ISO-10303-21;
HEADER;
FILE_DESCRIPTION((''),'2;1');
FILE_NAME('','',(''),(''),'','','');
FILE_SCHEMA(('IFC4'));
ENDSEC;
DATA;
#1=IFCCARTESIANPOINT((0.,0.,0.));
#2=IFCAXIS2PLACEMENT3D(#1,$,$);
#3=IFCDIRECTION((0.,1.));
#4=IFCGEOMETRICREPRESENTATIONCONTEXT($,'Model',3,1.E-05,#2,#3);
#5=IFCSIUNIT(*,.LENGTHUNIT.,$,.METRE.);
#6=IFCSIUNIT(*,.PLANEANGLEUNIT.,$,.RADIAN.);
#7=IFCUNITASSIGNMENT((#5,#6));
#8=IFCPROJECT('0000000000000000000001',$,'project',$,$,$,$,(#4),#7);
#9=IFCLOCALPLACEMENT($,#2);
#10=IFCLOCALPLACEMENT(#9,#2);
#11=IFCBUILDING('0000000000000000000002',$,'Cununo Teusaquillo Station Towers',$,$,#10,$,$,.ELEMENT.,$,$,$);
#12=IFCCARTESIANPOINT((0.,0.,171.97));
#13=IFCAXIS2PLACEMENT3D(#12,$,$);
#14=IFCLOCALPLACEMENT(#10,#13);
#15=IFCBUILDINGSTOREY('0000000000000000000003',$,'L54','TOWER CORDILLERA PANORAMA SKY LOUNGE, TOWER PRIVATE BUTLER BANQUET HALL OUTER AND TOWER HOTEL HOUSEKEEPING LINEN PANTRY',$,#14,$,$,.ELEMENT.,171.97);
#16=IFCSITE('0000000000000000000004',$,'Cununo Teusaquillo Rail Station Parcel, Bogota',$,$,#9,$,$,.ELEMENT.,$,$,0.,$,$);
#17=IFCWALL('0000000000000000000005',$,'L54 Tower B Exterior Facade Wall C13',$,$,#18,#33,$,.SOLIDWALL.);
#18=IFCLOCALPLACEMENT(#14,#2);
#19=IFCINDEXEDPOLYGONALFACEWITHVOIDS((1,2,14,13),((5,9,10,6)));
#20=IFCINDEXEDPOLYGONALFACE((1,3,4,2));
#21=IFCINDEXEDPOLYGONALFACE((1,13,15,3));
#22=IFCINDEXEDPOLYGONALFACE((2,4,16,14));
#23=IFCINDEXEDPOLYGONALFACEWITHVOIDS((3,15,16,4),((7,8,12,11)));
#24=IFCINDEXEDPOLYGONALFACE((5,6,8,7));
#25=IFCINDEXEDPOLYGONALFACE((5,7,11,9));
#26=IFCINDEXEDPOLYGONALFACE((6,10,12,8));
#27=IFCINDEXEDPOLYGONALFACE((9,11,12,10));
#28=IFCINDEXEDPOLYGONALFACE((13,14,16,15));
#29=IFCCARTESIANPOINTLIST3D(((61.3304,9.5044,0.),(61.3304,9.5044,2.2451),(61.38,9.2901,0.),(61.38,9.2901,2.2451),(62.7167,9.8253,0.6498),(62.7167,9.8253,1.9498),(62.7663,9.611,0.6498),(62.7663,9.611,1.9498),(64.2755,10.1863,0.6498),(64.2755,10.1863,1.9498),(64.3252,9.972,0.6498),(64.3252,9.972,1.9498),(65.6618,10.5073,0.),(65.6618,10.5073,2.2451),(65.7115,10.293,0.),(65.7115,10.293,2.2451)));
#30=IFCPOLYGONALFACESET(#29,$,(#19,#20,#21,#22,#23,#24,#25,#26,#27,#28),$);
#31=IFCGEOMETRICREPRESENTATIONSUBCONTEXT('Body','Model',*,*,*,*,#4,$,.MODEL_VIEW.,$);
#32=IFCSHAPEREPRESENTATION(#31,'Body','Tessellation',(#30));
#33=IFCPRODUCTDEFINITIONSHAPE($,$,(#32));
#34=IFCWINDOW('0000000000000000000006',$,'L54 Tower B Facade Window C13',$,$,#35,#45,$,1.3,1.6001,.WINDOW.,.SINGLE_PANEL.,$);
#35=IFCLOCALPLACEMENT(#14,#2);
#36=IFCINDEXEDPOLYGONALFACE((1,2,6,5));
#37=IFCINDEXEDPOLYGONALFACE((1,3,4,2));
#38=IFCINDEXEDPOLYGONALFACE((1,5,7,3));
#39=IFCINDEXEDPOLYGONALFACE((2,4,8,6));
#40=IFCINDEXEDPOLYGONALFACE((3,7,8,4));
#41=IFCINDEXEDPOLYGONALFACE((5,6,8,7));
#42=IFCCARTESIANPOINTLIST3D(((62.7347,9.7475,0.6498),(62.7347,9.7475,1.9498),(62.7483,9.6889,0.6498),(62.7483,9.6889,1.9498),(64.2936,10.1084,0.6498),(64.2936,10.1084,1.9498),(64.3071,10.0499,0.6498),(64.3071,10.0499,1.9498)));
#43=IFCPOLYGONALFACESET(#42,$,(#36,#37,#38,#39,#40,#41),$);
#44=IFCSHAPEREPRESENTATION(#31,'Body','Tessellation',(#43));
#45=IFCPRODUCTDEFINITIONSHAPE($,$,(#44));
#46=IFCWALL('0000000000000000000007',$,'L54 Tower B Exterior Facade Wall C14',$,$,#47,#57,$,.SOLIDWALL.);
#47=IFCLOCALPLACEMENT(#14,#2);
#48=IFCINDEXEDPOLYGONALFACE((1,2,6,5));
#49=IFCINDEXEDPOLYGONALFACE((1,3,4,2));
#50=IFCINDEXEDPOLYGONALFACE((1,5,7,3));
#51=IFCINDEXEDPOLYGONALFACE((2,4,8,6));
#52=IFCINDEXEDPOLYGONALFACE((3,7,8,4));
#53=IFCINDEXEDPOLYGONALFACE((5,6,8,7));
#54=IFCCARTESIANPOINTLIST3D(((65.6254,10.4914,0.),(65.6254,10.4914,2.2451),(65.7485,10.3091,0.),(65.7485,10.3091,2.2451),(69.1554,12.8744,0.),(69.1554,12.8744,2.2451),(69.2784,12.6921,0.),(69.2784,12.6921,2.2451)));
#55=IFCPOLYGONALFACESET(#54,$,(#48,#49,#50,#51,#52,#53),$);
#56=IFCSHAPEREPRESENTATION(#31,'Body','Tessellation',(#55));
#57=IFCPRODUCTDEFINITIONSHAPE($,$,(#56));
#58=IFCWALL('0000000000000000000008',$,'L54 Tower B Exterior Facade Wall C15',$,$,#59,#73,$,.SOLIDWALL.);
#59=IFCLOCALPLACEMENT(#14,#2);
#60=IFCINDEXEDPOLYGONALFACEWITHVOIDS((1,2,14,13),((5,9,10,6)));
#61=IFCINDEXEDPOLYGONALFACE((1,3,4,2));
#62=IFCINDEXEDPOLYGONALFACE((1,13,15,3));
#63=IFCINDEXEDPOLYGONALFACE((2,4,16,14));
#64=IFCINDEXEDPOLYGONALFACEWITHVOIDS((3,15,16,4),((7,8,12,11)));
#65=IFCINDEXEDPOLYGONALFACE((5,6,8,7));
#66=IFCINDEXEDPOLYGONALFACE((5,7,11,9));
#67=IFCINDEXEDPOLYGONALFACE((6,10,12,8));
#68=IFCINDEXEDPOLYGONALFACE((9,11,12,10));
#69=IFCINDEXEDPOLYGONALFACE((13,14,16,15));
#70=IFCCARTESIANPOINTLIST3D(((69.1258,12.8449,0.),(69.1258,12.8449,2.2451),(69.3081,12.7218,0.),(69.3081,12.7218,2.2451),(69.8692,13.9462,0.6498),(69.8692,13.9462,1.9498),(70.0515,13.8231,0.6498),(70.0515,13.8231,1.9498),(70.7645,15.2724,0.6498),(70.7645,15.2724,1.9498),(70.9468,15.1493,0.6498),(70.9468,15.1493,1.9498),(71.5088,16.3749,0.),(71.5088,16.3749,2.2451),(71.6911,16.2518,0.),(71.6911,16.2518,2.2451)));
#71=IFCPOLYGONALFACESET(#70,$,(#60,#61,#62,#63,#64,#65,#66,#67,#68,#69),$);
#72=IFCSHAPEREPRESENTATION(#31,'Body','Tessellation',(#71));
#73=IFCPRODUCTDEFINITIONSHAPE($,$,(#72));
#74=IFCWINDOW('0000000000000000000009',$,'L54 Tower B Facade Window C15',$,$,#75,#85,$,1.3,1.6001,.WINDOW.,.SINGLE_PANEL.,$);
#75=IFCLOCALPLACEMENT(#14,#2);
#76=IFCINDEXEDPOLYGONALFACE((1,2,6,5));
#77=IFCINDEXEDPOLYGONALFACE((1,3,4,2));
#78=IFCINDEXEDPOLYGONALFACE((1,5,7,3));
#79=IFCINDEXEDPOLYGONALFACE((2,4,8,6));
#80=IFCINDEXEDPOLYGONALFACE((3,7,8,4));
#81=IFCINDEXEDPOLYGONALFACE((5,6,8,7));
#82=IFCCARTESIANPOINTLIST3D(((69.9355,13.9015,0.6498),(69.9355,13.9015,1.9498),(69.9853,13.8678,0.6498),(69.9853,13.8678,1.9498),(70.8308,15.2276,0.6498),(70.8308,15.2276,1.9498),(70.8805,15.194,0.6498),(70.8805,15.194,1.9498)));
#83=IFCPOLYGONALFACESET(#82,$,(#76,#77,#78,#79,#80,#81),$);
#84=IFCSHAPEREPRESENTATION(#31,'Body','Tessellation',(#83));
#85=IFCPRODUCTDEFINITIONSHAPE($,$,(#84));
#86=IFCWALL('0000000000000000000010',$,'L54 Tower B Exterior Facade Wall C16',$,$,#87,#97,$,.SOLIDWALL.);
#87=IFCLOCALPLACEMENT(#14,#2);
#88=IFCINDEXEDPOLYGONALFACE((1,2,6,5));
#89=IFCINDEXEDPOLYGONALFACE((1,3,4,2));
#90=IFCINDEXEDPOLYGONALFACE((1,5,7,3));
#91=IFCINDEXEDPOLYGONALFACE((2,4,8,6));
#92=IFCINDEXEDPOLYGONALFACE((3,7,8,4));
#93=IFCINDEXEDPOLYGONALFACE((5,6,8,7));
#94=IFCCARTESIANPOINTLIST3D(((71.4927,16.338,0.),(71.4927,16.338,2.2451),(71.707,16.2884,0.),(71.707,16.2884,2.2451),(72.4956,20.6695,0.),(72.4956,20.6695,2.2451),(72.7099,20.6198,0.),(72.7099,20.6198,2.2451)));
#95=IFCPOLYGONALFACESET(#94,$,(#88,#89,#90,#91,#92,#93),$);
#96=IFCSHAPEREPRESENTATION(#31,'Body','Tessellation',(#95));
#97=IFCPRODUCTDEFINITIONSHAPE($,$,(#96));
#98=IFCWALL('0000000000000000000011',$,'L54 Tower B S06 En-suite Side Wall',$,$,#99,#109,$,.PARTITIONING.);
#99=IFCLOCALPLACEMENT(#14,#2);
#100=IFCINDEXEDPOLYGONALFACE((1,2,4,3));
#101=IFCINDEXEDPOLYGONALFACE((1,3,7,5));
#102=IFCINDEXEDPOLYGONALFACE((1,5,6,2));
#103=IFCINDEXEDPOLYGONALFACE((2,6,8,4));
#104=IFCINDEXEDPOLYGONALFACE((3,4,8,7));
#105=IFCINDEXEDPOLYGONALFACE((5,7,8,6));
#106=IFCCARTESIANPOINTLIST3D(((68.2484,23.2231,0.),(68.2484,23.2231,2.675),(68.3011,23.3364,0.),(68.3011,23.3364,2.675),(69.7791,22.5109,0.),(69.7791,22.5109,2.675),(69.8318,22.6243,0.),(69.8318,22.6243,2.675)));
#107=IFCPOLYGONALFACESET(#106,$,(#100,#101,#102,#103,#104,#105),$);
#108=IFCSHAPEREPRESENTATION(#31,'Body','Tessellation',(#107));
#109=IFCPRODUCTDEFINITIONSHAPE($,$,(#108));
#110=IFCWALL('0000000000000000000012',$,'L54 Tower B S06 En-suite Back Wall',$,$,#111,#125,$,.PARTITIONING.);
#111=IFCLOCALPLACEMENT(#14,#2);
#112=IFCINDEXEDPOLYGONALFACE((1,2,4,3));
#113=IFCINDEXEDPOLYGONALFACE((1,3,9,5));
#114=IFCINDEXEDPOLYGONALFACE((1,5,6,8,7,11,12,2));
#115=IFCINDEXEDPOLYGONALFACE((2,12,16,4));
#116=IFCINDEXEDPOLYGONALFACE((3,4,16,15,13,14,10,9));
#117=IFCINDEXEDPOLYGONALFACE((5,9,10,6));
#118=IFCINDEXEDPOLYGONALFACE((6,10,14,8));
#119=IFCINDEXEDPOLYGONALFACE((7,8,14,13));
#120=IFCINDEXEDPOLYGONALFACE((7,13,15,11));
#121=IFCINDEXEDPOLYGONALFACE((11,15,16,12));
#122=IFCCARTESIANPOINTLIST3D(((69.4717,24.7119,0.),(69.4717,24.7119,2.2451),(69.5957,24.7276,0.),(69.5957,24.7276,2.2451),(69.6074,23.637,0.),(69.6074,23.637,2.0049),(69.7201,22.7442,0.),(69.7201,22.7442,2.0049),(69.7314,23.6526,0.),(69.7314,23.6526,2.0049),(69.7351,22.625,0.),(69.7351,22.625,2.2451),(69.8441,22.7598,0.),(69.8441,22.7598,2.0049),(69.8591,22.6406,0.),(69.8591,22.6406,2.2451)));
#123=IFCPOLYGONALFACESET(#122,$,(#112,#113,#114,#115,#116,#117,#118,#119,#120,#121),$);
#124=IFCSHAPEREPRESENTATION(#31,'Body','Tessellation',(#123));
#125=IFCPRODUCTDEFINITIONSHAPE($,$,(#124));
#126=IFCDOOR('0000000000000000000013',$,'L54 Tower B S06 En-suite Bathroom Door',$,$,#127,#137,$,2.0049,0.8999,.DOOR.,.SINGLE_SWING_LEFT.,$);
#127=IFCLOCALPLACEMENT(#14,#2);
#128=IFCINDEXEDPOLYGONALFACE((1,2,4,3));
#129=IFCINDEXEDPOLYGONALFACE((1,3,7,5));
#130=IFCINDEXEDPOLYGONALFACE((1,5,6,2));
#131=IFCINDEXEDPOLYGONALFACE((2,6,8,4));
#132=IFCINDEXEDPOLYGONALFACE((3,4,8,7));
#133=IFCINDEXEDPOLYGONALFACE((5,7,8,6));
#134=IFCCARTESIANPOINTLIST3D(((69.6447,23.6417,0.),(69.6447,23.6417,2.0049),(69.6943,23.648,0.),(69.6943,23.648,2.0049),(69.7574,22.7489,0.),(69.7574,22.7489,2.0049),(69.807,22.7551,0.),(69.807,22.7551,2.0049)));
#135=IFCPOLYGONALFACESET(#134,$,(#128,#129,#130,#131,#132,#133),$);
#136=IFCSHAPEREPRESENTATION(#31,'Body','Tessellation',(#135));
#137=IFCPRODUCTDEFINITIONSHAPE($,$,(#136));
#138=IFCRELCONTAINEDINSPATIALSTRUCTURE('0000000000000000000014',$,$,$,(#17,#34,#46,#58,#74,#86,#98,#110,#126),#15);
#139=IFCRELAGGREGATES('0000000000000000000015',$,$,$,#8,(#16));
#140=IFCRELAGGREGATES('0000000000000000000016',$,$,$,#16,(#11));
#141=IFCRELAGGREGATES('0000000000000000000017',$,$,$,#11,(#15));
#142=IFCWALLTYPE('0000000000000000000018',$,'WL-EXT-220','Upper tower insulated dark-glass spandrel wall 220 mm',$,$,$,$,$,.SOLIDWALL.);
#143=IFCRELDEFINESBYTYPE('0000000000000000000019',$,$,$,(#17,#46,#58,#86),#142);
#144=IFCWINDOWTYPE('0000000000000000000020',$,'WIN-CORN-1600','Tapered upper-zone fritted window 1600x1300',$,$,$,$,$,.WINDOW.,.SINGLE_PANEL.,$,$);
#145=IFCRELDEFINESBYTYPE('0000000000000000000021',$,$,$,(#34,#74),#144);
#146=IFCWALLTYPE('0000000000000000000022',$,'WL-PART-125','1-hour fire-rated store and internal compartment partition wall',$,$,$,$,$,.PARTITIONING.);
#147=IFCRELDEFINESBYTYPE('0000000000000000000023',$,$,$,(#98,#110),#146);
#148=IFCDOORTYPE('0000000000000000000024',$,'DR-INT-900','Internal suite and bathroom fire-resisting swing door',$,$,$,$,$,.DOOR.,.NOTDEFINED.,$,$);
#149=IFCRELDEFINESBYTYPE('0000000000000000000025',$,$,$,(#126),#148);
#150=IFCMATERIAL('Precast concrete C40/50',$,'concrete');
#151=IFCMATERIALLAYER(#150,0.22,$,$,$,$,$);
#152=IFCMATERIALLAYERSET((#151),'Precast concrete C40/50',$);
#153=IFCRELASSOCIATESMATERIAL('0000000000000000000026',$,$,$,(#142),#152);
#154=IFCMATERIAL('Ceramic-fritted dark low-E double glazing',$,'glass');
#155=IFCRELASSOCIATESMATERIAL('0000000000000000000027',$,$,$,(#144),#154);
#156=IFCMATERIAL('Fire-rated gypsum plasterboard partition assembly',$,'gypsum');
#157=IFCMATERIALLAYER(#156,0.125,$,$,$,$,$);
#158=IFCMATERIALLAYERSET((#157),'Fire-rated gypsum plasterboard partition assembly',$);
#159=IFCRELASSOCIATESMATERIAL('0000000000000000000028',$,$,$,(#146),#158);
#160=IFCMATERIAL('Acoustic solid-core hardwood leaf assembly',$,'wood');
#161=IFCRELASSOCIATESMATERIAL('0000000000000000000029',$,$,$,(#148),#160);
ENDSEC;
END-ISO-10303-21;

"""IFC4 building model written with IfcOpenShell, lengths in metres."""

from ifc_helpers import new_model, si_unit, direction, frame, frame_2d, origin, place, context, subcontext, project, spatial, rectangle, extrude, source, transform, mapped, material, layer, layer_set, type_object, element, fill, save


model = new_model("IFC4")

# Units and contexts
model_context = context("Model", 3, precision=1e-05, world=origin(), true_north=direction((0.0, 1.0)))
body_context = subcontext(model_context, "Body", "Model", "MODEL_VIEW")
ifc_project = project(units=[si_unit("LENGTHUNIT", "METRE"), si_unit("PLANEANGLEUNIT", "RADIAN")], contexts=[model_context])

# Site, building, storey
site_placement = place(None, origin())
site = spatial("IfcSite", under=ifc_project, at=site_placement, Name="Cununo Teusaquillo Rail Station Parcel, Bogota", CompositionType="ELEMENT", RefElevation=0.0)
building_placement = place(site_placement, origin())
building = spatial("IfcBuilding", under=site, at=building_placement, Name="Cununo Teusaquillo Station Towers", CompositionType="ELEMENT")
storey_placement = place(building_placement, frame((0.0, 0.0, 171.97)))
storey = spatial("IfcBuildingStorey", under=building, at=storey_placement, Name="L54", Description="TOWER CORDILLERA PANORAMA SKY LOUNGE, TOWER PRIVATE BUTLER BANQUET HALL OUTER AND TOWER HOTEL HOUSEKEEPING LINEN PANTRY", CompositionType="ELEMENT", Elevation=171.97)

# Wall, opening, window
ifc_material_1 = material(Name="Precast concrete C40/50", Category="concrete")
ifc_layer_1 = layer(ifc_material_1, 0.22)
ifc_layer_set_1 = layer_set([ifc_layer_1], Name="Precast concrete C40/50")
wall_type_1 = type_object("IfcWallType", Name="WL-EXT-220", Description="Upper tower insulated dark-glass spandrel wall 220 mm", PredefinedType="SOLIDWALL", material=ifc_layer_set_1)
wall_1_placement = place(storey_placement, frame((65.6868, 10.4001, 0.0), z_axis=(0.0, 0.0, 1.0), x_axis=(-0.974226, -0.225573, 0.0)))
wall_1 = element("IfcWall", 1, at=wall_1_placement, inside=storey, type_object=wall_type_1, Name="L54 Tower B Exterior Facade Wall C13", PredefinedType="SOLIDWALL", context=body_context, shape_type="SweptSolid", body=[
    extrude(rectangle(XDim=4.446, YDim=0.22, at=frame_2d((2.2231, 0.0))), origin(), (0.0, 0.0, 1.0), 2.2451),
])
shared_shape_1 = source(origin(), body_context, "Body", "SweptSolid", [
    extrude(rectangle(XDim=1.6001, YDim=1.3, at=frame_2d((0.8, 0.6499))), frame((0.0, 0.1199, 0.0), z_axis=(0.0, -1.0, 0.0), x_axis=(1.0, 0.0, 0.0)), (0.0, 0.0, 1.0), 0.24),
])
opening_1_placement = place(wall_1_placement, frame((1.4231, 0.0, 0.6499)))
opening_1 = element("IfcOpeningElement", 2, at=opening_1_placement, cuts=wall_1, PredefinedType="OPENING", context=body_context, shape_type="MappedRepresentation", body=[
    mapped(shared_shape_1, transform((0.0, 0.0, 0.0), x_axis=(1.0, 0.0, 0.0), y_axis=(0.0, 1.0, 0.0), z_axis=(0.0, 0.0, 1.0), scale=1.0)),
])
ifc_material_2 = material(Name="Ceramic-fritted dark low-E double glazing", Category="glass")
window_type = type_object("IfcWindowType", Name="WIN-CORN-1600", Description="Tapered upper-zone fritted window 1600x1300", PartitioningType="SINGLE_PANEL", PredefinedType="WINDOW", material=ifc_material_2)
shared_shape_2 = source(origin(), body_context, "Body", "SweptSolid", [
    extrude(rectangle(XDim=1.6001, YDim=1.3, at=frame_2d((0.8, 0.6499))), frame((0.0, 0.03, 0.0), z_axis=(0.0, -1.0, 0.0), x_axis=(1.0, 0.0, 0.0)), (0.0, 0.0, 1.0), 0.0601),
])
window_1_placement = place(opening_1_placement, origin())
window_1 = element("IfcWindow", 3, at=window_1_placement, inside=storey, type_object=window_type, Name="L54 Tower B Facade Window C13", OverallHeight=1.3, OverallWidth=1.6001, PartitioningType="SINGLE_PANEL", PredefinedType="WINDOW", context=body_context, shape_type="MappedRepresentation", body=[
    mapped(shared_shape_2, transform((0.0, 0.0, 0.0), x_axis=(1.0, 0.0, 0.0), y_axis=(0.0, 1.0, 0.0), z_axis=(0.0, 0.0, 1.0), scale=1.0)),
])
fill(opening_1, window_1)

# Wall
wall_2_placement = place(storey_placement, frame((69.2168, 12.7832, 0.0), z_axis=(0.0, 0.0, 1.0), x_axis=(-0.828817, -0.559519, 0.0)))
element("IfcWall", 4, at=wall_2_placement, inside=storey, type_object=wall_type_1, Name="L54 Tower B Exterior Facade Wall C14", PredefinedType="SOLIDWALL", context=body_context, shape_type="SweptSolid", body=[
    extrude(rectangle(XDim=4.259, YDim=0.22, at=frame_2d((2.1294, 0.0))), origin(), (0.0, 0.0, 1.0), 2.2451),
])

# Wall, opening, window
wall_3_placement = place(storey_placement, frame((71.5999, 16.3132, 0.0), z_axis=(0.0, 0.0, 1.0), x_axis=(-0.559519, -0.828817, 0.0)))
wall_3 = element("IfcWall", 5, at=wall_3_placement, inside=storey, type_object=wall_type_1, Name="L54 Tower B Exterior Facade Wall C15", PredefinedType="SOLIDWALL", context=body_context, shape_type="SweptSolid", body=[
    extrude(rectangle(XDim=4.259, YDim=0.22, at=frame_2d((2.1294, 0.0))), origin(), (0.0, 0.0, 1.0), 2.2451),
])
opening_2_placement = place(wall_3_placement, frame((1.3301, 0.0, 0.6499)))
opening_2 = element("IfcOpeningElement", 6, at=opening_2_placement, cuts=wall_3, PredefinedType="OPENING", context=body_context, shape_type="MappedRepresentation", body=[
    mapped(shared_shape_1, transform((0.0, 0.0, 0.0), x_axis=(1.0, 0.0, 0.0), y_axis=(0.0, 1.0, 0.0), z_axis=(0.0, 0.0, 1.0), scale=1.0)),
])
window_2_placement = place(opening_2_placement, origin())
window_2 = element("IfcWindow", 7, at=window_2_placement, inside=storey, type_object=window_type, Name="L54 Tower B Facade Window C15", OverallHeight=1.3, OverallWidth=1.6001, PartitioningType="SINGLE_PANEL", PredefinedType="WINDOW", context=body_context, shape_type="MappedRepresentation", body=[
    mapped(shared_shape_2, transform((0.0, 0.0, 0.0), x_axis=(1.0, 0.0, 0.0), y_axis=(0.0, 1.0, 0.0), z_axis=(0.0, 0.0, 1.0), scale=1.0)),
])
fill(opening_2, window_2)

# Walls
wall_4_placement = place(storey_placement, frame((72.6028, 20.6448, 0.0), z_axis=(0.0, 0.0, 1.0), x_axis=(-0.225573, -0.974226, 0.0)))
element("IfcWall", 8, at=wall_4_placement, inside=storey, type_object=wall_type_1, Name="L54 Tower B Exterior Facade Wall C16", PredefinedType="SOLIDWALL", context=body_context, shape_type="SweptSolid", body=[
    extrude(rectangle(XDim=4.446, YDim=0.22, at=frame_2d((2.2231, 0.0))), origin(), (0.0, 0.0, 1.0), 2.2451),
])
ifc_material_3 = material(Name="Fire-rated gypsum plasterboard partition assembly", Category="gypsum")
ifc_layer_2 = layer(ifc_material_3, 0.125)
ifc_layer_set_2 = layer_set([ifc_layer_2], Name="Fire-rated gypsum plasterboard partition assembly")
wall_type_2 = type_object("IfcWallType", Name="WL-PART-125", Description="1-hour fire-rated store and internal compartment partition wall", PredefinedType="PARTITIONING", material=ifc_layer_set_2)
wall_5_placement = place(storey_placement, frame((68.2747, 23.2798, 0.0), z_axis=(0.0, 0.0, 1.0), x_axis=(0.906681, -0.421816, 0.0)))
element("IfcWall", 9, at=wall_5_placement, inside=storey, type_object=wall_type_2, Name="L54 Tower B S06 En-suite Side Wall", PredefinedType="PARTITIONING", context=body_context, shape_type="SweptSolid", body=[
    extrude(rectangle(XDim=1.6882, YDim=0.125, at=frame_2d((0.8442, 0.0))), origin(), (0.0, 0.0, 1.0), 2.675),
])

# Wall, opening, door
wall_6_placement = place(storey_placement, frame((69.7971, 22.6328, 0.0), z_axis=(0.0, 0.0, 1.0), x_axis=(-0.125235, 0.992127, 0.0)))
wall_6 = element("IfcWall", 10, at=wall_6_placement, inside=storey, type_object=wall_type_2, Name="L54 Tower B S06 En-suite Back Wall", PredefinedType="PARTITIONING", context=body_context, shape_type="SweptSolid", body=[
    extrude(rectangle(XDim=2.1035, YDim=0.125, at=frame_2d((1.0518, 0.0))), origin(), (0.0, 0.0, 1.0), 2.2451),
])
shared_shape_3 = source(origin(), body_context, "Body", "SweptSolid", [
    extrude(rectangle(XDim=0.8999, YDim=2.0049, at=frame_2d((0.45, 1.0024))), frame((0.0, 0.0725, 0.0), z_axis=(0.0, -1.0, 0.0), x_axis=(1.0, 0.0, 0.0)), (0.0, 0.0, 1.0), 0.145),
])
opening_3_placement = place(wall_6_placement, frame((0.1201, 0.0, 0.0)))
opening_3 = element("IfcOpeningElement", 11, at=opening_3_placement, cuts=wall_6, PredefinedType="OPENING", context=body_context, shape_type="MappedRepresentation", body=[
    mapped(shared_shape_3, transform((0.0, 0.0, 0.0), x_axis=(1.0, 0.0, 0.0), y_axis=(0.0, 1.0, 0.0), z_axis=(0.0, 0.0, 1.0), scale=1.0)),
])
ifc_material_4 = material(Name="Acoustic solid-core hardwood leaf assembly", Category="wood")
door_type_1 = type_object("IfcDoorType", Name="DR-INT-900", Description="Internal suite and bathroom fire-resisting swing door", OperationType="NOTDEFINED", PredefinedType="DOOR", material=ifc_material_4)
shared_shape_4 = source(origin(), body_context, "Body", "SweptSolid", [
    extrude(rectangle(XDim=0.8999, YDim=2.0049, at=frame_2d((0.45, 1.0024))), frame((0.0, 0.0249, 0.0), z_axis=(0.0, -1.0, 0.0), x_axis=(1.0, 0.0, 0.0)), (0.0, 0.0, 1.0), 0.05),
])
door_1_placement = place(opening_3_placement, origin())
door_1 = element("IfcDoor", 12, at=door_1_placement, inside=storey, type_object=door_type_1, Name="L54 Tower B S06 En-suite Bathroom Door", OperationType="SINGLE_SWING_LEFT", OverallHeight=2.0049, OverallWidth=0.8999, PredefinedType="DOOR", context=body_context, shape_type="MappedRepresentation", body=[
    mapped(shared_shape_4, transform((0.0, 0.0, 0.0), x_axis=(1.0, 0.0, 0.0), y_axis=(0.0, 1.0, 0.0), z_axis=(0.0, 0.0, 1.0), scale=1.0)),
])
fill(opening_3, door_1)

save(model, "model.ifc")
